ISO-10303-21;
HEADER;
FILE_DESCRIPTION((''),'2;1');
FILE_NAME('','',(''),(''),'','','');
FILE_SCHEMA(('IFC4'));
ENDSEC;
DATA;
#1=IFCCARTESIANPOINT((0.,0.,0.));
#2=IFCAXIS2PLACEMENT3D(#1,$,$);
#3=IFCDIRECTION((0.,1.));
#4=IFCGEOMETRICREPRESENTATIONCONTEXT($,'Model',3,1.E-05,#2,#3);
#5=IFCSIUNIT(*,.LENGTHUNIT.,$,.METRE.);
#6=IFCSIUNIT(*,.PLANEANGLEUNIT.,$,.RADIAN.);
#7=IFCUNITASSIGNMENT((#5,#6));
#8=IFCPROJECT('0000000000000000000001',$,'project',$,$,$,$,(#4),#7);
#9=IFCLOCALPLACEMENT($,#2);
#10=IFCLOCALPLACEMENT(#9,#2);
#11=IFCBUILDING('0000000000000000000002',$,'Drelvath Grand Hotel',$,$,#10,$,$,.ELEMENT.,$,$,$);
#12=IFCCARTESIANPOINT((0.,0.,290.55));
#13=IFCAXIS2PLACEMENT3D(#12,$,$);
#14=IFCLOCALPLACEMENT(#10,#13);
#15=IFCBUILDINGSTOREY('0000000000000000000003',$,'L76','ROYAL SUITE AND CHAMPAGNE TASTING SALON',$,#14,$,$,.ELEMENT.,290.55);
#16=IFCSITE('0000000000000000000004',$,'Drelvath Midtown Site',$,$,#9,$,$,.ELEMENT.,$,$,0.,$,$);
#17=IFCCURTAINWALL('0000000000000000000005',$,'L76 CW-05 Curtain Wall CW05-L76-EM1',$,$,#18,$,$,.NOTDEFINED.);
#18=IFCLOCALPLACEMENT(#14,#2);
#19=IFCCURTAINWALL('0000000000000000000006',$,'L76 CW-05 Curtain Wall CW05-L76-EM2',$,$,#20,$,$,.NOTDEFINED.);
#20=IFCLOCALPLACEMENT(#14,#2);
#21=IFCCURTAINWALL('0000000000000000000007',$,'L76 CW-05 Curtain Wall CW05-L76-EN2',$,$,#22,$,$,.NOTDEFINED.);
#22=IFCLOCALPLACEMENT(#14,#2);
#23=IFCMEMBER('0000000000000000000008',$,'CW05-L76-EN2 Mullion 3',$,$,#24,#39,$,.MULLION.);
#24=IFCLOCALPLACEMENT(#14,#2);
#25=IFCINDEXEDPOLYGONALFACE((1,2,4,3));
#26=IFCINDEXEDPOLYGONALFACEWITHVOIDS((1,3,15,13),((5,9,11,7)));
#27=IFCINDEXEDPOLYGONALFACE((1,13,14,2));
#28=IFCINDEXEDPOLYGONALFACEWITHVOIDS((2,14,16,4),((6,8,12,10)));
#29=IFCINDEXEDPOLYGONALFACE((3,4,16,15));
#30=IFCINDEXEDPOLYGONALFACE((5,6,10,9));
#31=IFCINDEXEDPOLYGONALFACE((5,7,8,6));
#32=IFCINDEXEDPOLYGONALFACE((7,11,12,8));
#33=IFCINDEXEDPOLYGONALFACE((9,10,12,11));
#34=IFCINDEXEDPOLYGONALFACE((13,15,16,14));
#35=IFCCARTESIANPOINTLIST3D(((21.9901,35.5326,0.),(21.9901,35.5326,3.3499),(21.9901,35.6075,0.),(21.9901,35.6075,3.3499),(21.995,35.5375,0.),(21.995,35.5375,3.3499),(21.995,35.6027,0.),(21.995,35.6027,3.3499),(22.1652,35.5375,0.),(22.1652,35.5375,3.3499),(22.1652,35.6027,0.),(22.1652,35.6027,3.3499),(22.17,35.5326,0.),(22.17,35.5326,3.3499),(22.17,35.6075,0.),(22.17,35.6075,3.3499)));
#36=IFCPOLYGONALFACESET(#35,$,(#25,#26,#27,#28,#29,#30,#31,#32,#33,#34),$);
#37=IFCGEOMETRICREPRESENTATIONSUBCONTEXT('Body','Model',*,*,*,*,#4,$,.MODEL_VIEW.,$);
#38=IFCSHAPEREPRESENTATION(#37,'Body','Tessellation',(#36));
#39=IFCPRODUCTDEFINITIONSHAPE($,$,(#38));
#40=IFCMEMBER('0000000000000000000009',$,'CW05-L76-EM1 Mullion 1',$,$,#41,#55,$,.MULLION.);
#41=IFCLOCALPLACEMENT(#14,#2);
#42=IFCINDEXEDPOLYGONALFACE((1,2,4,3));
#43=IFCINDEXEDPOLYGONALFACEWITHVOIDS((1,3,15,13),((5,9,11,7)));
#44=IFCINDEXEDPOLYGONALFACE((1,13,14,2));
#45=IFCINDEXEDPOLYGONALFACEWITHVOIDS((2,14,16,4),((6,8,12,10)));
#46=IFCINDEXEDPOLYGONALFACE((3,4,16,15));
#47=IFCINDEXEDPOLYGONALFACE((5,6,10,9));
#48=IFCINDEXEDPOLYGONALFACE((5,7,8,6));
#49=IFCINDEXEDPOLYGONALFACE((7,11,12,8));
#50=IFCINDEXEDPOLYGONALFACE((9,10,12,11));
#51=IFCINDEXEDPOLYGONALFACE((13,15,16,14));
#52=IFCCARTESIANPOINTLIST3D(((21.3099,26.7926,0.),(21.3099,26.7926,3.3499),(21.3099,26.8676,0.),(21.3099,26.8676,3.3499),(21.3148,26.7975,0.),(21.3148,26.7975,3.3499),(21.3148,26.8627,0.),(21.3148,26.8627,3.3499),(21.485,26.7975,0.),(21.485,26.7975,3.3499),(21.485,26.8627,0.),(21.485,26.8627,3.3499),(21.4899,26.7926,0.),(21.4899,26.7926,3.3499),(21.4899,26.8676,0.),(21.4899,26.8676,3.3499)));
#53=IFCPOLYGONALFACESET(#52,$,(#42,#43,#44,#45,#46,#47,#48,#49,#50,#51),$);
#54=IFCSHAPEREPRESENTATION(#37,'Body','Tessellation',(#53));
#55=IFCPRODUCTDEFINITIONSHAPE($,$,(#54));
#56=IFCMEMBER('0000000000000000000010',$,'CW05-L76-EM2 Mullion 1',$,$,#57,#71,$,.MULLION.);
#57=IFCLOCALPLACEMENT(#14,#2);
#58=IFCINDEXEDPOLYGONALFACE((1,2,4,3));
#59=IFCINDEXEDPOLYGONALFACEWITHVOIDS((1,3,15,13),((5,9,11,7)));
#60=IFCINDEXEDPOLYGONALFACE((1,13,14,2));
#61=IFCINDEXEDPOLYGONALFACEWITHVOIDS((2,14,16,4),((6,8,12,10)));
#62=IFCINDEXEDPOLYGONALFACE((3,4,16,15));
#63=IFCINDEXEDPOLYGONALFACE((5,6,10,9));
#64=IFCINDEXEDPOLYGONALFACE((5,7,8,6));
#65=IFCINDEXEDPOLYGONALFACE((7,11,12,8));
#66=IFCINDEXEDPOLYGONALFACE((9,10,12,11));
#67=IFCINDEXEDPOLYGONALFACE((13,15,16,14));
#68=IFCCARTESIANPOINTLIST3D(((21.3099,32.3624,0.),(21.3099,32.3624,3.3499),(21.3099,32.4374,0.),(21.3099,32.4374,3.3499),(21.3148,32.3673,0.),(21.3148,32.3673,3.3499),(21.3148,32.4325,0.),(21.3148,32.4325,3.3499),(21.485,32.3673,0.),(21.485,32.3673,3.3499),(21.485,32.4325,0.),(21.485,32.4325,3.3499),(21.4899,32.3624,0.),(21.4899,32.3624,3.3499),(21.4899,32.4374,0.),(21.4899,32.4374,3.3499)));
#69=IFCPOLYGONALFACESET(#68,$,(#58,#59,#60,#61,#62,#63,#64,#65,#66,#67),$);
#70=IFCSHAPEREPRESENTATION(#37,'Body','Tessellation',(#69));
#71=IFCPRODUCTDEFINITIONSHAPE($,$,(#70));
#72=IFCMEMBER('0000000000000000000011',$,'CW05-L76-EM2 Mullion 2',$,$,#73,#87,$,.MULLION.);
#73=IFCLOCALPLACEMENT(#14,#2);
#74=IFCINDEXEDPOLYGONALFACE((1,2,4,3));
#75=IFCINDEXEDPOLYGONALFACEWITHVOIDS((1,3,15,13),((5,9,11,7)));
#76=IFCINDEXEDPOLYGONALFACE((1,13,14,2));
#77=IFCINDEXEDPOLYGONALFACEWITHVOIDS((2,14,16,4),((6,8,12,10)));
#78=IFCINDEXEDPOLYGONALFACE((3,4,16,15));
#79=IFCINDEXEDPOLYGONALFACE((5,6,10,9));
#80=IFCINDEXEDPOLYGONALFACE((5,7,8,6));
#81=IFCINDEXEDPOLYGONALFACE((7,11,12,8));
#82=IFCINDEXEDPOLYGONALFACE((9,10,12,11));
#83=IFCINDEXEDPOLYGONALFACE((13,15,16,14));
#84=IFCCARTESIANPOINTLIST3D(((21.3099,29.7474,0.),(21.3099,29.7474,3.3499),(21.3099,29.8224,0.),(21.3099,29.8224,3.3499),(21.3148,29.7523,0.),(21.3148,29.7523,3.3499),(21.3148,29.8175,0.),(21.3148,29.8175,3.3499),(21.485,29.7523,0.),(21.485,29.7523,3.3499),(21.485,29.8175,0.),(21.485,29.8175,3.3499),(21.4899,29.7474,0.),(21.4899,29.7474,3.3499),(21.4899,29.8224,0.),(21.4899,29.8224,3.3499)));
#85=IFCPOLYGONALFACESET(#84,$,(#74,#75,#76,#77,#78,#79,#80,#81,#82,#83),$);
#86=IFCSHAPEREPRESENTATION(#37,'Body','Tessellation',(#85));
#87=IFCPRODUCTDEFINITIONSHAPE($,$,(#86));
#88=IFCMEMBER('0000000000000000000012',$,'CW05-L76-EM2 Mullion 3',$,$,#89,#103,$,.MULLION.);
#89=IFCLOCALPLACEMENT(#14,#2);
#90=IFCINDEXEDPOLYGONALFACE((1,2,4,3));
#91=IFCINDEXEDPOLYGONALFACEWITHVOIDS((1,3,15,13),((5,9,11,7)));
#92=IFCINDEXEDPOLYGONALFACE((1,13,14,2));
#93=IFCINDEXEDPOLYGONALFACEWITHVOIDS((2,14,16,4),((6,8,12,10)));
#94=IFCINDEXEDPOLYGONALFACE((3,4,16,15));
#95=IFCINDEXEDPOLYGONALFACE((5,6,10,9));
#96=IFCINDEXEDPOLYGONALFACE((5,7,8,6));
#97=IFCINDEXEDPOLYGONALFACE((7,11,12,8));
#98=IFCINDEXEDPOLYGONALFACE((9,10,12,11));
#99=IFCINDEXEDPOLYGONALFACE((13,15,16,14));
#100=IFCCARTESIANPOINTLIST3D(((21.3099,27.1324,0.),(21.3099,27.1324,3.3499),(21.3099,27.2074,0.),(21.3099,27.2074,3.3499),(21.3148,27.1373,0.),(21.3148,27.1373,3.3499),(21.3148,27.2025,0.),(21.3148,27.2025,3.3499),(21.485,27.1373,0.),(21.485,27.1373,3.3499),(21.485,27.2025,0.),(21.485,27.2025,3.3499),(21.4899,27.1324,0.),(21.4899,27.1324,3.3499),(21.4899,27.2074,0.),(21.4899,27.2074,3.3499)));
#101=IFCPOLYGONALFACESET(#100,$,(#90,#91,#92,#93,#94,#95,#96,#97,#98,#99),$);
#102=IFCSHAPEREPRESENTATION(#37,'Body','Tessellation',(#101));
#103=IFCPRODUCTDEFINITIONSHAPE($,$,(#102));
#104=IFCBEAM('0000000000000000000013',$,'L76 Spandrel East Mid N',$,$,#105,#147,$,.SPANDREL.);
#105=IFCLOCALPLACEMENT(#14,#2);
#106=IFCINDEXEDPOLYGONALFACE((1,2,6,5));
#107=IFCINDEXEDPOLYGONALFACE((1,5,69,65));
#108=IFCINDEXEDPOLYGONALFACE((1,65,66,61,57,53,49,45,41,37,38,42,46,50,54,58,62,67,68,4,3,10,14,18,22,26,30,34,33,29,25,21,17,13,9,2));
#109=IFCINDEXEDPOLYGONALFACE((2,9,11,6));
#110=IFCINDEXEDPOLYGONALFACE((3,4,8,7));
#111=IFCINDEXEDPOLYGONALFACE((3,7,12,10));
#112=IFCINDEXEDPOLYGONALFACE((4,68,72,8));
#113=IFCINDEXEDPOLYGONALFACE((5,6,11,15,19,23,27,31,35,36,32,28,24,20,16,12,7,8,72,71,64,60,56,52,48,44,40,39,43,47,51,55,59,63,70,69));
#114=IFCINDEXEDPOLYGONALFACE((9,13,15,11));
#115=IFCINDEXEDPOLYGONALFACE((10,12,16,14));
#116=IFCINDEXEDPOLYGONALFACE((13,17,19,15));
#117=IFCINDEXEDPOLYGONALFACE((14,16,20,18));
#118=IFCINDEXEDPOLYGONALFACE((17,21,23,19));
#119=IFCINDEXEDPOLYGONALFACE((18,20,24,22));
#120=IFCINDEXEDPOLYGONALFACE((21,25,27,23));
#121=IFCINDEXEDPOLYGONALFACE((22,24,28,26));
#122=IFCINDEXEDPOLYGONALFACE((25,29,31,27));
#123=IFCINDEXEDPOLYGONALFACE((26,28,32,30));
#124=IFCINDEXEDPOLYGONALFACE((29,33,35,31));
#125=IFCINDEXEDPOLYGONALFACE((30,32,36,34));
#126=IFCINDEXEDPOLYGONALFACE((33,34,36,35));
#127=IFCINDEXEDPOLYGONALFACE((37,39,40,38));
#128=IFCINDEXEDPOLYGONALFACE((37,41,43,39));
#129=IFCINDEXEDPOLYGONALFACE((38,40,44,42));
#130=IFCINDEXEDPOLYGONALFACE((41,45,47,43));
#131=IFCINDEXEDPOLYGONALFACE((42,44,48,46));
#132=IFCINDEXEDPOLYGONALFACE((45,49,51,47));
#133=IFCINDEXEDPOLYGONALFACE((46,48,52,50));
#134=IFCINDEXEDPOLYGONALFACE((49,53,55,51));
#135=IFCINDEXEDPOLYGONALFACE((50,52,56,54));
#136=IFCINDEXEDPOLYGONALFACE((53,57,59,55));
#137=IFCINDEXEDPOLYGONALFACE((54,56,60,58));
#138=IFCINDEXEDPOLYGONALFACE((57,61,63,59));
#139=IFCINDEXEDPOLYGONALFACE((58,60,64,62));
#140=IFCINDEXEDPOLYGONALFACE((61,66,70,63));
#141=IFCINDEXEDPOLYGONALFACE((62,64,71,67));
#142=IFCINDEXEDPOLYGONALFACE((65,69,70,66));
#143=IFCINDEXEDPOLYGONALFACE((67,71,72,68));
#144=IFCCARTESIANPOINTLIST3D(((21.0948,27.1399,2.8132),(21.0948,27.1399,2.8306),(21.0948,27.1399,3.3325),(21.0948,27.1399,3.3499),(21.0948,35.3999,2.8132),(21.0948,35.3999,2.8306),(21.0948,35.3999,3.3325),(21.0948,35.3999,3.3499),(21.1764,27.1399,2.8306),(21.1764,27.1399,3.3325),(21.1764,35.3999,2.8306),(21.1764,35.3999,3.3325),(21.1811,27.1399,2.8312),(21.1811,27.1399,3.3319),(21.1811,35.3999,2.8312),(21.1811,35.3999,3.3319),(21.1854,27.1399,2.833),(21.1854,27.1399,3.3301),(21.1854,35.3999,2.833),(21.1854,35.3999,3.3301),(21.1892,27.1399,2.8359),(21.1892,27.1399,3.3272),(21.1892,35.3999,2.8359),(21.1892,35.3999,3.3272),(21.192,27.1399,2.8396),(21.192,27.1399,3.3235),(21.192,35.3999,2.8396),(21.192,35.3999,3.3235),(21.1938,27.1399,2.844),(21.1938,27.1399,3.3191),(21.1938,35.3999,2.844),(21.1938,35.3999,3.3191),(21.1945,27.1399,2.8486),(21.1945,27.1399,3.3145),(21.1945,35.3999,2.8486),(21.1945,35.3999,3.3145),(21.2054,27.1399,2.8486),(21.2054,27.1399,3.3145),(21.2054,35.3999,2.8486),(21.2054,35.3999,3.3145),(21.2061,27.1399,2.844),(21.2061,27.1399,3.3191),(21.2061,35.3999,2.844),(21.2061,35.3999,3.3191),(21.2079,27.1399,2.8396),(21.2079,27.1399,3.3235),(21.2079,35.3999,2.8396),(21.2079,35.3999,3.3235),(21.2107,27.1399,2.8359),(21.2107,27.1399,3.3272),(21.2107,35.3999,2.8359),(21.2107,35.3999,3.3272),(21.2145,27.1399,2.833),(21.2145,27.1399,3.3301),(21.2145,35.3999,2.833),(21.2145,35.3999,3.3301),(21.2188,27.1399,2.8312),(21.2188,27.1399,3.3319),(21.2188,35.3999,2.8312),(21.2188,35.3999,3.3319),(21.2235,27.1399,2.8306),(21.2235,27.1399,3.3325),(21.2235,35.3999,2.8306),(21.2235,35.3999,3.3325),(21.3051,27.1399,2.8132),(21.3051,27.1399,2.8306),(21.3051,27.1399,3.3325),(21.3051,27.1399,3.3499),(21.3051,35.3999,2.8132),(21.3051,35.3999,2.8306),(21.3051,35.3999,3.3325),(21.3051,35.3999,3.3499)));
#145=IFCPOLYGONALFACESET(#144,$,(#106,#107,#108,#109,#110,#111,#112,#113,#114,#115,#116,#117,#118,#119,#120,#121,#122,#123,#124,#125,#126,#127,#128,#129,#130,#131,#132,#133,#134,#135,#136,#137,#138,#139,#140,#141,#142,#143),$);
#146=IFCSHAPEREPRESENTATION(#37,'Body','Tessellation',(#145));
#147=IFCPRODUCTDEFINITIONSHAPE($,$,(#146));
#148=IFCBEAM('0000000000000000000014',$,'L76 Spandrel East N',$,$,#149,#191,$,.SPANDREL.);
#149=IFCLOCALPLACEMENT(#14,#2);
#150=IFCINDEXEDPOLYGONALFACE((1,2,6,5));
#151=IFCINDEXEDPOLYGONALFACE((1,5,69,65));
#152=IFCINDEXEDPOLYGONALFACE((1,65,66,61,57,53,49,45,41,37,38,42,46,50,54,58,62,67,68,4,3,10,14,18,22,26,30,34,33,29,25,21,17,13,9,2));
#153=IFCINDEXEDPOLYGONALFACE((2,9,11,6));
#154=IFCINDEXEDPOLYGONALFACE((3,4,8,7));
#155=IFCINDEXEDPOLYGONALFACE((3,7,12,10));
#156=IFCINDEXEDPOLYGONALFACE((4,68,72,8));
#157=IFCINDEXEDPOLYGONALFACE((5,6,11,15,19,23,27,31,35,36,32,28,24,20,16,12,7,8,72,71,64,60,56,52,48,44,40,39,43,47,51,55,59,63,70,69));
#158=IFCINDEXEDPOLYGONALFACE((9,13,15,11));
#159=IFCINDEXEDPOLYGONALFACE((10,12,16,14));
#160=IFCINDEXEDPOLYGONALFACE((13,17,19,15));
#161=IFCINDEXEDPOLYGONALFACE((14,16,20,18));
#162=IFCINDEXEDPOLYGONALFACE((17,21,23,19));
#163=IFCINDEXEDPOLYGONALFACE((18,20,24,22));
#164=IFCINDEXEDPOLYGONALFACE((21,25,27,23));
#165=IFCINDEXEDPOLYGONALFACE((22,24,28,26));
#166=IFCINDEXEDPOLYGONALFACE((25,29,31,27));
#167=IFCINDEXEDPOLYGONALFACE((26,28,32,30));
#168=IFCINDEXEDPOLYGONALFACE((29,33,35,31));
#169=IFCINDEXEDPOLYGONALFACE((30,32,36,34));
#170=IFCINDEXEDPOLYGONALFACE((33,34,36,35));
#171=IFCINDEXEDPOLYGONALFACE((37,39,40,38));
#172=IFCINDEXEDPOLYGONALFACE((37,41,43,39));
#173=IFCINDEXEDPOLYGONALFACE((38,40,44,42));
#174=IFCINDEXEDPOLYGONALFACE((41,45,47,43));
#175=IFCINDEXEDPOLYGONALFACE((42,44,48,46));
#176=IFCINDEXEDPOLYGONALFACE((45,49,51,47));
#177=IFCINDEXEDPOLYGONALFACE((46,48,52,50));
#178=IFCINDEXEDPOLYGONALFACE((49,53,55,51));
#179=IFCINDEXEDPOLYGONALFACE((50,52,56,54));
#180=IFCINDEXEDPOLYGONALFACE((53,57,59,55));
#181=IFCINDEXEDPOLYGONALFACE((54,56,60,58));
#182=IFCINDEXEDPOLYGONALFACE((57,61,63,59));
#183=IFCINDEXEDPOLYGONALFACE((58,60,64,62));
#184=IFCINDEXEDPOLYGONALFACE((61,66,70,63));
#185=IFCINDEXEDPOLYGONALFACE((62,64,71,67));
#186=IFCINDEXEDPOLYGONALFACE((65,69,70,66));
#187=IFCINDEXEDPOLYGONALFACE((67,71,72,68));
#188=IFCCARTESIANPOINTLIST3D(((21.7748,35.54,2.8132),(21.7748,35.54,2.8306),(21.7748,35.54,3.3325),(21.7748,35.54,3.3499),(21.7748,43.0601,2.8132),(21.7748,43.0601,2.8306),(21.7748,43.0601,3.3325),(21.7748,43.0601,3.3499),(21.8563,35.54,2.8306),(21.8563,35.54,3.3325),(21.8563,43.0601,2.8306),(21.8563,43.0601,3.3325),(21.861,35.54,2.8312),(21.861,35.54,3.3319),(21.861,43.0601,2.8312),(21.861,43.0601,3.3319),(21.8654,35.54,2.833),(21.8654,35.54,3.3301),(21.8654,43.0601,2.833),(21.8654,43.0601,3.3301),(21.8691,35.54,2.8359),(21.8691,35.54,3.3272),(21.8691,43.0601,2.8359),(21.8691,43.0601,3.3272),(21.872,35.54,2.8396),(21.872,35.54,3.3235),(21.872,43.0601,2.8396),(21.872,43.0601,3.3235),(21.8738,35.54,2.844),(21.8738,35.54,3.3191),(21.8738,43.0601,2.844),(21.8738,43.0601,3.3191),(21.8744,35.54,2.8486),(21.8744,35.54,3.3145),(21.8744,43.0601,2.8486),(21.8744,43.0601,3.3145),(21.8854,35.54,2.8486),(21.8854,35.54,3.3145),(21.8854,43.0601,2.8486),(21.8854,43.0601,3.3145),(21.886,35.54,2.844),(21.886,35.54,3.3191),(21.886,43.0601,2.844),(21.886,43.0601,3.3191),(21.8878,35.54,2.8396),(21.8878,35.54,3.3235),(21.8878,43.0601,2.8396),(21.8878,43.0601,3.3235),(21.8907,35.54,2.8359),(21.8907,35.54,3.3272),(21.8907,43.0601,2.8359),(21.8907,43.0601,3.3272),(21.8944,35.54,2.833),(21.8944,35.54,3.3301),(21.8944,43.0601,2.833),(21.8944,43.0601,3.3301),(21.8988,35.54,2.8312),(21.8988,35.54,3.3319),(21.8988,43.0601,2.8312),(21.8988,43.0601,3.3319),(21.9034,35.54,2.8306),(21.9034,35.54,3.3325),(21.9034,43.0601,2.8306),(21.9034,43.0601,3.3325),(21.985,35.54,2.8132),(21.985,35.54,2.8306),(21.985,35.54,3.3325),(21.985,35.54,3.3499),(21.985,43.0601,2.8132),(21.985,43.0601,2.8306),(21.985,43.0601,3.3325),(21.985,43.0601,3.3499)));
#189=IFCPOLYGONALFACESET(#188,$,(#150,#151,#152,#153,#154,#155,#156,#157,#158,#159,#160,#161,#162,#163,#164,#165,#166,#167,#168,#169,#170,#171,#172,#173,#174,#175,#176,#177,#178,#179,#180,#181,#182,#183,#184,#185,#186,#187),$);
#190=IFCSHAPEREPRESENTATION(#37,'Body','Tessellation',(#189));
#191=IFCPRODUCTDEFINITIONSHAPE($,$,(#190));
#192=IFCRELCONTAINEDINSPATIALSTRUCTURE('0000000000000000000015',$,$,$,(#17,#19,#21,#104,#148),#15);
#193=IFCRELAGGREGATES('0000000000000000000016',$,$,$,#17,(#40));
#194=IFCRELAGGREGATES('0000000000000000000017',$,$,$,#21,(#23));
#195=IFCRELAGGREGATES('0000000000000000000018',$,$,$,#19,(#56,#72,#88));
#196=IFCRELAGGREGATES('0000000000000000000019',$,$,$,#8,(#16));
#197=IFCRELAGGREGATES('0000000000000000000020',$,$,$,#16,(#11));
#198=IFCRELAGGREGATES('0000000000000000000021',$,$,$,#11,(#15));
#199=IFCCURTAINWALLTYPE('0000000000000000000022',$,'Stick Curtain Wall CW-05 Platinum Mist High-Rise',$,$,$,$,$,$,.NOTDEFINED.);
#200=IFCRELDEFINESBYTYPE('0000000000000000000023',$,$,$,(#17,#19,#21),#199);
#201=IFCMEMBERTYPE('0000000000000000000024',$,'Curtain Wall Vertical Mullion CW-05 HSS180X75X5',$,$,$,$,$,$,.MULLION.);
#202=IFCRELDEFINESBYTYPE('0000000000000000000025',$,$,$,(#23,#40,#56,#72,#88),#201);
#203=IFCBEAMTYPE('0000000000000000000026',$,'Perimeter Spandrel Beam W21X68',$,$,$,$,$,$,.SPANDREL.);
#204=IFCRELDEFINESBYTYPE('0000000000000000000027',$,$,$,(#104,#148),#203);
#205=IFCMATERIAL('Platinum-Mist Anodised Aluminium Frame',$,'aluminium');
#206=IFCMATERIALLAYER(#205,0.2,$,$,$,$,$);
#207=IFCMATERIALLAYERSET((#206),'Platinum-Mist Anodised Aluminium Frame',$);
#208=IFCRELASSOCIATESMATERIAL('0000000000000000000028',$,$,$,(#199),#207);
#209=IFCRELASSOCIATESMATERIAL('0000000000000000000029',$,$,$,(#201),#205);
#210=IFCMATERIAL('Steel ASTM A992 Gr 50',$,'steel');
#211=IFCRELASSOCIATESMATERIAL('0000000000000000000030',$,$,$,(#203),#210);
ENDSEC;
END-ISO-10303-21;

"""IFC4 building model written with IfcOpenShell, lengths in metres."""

from ifc_helpers import new_model, si_unit, direction, frame, origin, origin_2d, place, context, subcontext, project, spatial, hollow_rectangle, i_section, extrude, material, layer, layer_set, material_profile, profile_set, type_object, element, aggregate, save


model = new_model("IFC4")

# Units and contexts
model_context = context("Model", 3, precision=1e-05, world=origin(), true_north=direction((0.0, 1.0)))
body_context = subcontext(model_context, "Body", "Model", "MODEL_VIEW")
ifc_project = project(units=[si_unit("LENGTHUNIT", "METRE"), si_unit("PLANEANGLEUNIT", "RADIAN")], contexts=[model_context])

# Site, building, storey
site_placement = place(None, origin())
site = spatial("IfcSite", under=ifc_project, at=site_placement, Name="Drelvath Midtown Site", CompositionType="ELEMENT", RefElevation=0.0)
building_placement = place(site_placement, origin())
building = spatial("IfcBuilding", under=site, at=building_placement, Name="Drelvath Grand Hotel", CompositionType="ELEMENT")
storey_placement = place(building_placement, frame((0.0, 0.0, 290.55)))
storey = spatial("IfcBuildingStorey", under=building, at=storey_placement, Name="L76", Description="ROYAL SUITE AND CHAMPAGNE TASTING SALON", CompositionType="ELEMENT", Elevation=290.55)

# Curtain walls
ifc_material_1 = material(Name="Platinum-Mist Anodised Aluminium Frame", Category="aluminium")
ifc_layer_1 = layer(ifc_material_1, 0.2)
ifc_layer_set_1 = layer_set([ifc_layer_1], Name="Platinum-Mist Anodised Aluminium Frame")
curtain_wall_type = type_object("IfcCurtainWallType", Name="Stick Curtain Wall CW-05 Platinum Mist High-Rise", PredefinedType="NOTDEFINED", material=ifc_layer_set_1)
curtain_wall_1_placement = place(storey_placement, origin())
curtain_wall_1 = element("IfcCurtainWall", 1, at=curtain_wall_1_placement, inside=storey, type_object=curtain_wall_type, Name="L76 CW-05 Curtain Wall CW05-L76-EM1", PredefinedType="NOTDEFINED")
curtain_wall_2_placement = place(storey_placement, origin())
curtain_wall_2 = element("IfcCurtainWall", 2, at=curtain_wall_2_placement, inside=storey, type_object=curtain_wall_type, Name="L76 CW-05 Curtain Wall CW05-L76-EM2", PredefinedType="NOTDEFINED")

# Shared definitions
ifc_material_profile_1 = material_profile(ifc_material_1, hollow_rectangle(XDim=0.075, YDim=0.1799, WallThickness=0.0049, at=origin_2d()), Name="HSS180X75X5")
ifc_profile_set_1 = profile_set([ifc_material_profile_1], Name="Platinum-Mist Anodised Aluminium Frame")
member_type_1 = type_object("IfcMemberType", Name="Curtain Wall Vertical Mullion CW-05 HSS180X75X5", PredefinedType="MULLION", material=ifc_profile_set_1)

# Curtain wall, member
curtain_wall_3_placement = place(storey_placement, origin())
curtain_wall_3 = element("IfcCurtainWall", 3, at=curtain_wall_3_placement, inside=storey, type_object=curtain_wall_type, Name="L76 CW-05 Curtain Wall CW05-L76-EN2", PredefinedType="NOTDEFINED")
member_1_placement = place(storey_placement, frame((22.0801, 35.5701, 0.0), z_axis=(0.0, 0.0, 1.0), x_axis=(0.0, 1.0, 0.0)))
member_1 = element("IfcMember", 4, at=member_1_placement, type_object=member_type_1, Name="CW05-L76-EN2 Mullion 3", PredefinedType="MULLION", context=body_context, shape_type="SweptSolid", body=[
    extrude(hollow_rectangle(XDim=0.075, YDim=0.1799, WallThickness=0.0049, at=origin_2d()), origin(), (0.0, 0.0, 1.0), 3.3499),
])

# Members
member_2_placement = place(storey_placement, frame((21.3999, 26.8301, 0.0), z_axis=(0.0, 0.0, 1.0), x_axis=(0.0, 1.0, 0.0)))
member_2 = element("IfcMember", 5, at=member_2_placement, type_object=member_type_1, Name="CW05-L76-EM1 Mullion 1", PredefinedType="MULLION", context=body_context, shape_type="SweptSolid", body=[
    extrude(hollow_rectangle(XDim=0.075, YDim=0.1799, WallThickness=0.0049, at=origin_2d()), origin(), (0.0, 0.0, 1.0), 3.3499),
])
aggregate(curtain_wall_1, [member_2])
member_3_placement = place(storey_placement, frame((21.3999, 32.3999, 0.0), z_axis=(0.0, 0.0, 1.0), x_axis=(0.0, 1.0, 0.0)))
member_3 = element("IfcMember", 6, at=member_3_placement, type_object=member_type_1, Name="CW05-L76-EM2 Mullion 1", PredefinedType="MULLION", context=body_context, shape_type="SweptSolid", body=[
    extrude(hollow_rectangle(XDim=0.075, YDim=0.1799, WallThickness=0.0049, at=origin_2d()), origin(), (0.0, 0.0, 1.0), 3.3499),
])
member_4_placement = place(storey_placement, frame((21.3999, 29.7849, 0.0), z_axis=(0.0, 0.0, 1.0), x_axis=(0.0, 1.0, 0.0)))
member_4 = element("IfcMember", 7, at=member_4_placement, type_object=member_type_1, Name="CW05-L76-EM2 Mullion 2", PredefinedType="MULLION", context=body_context, shape_type="SweptSolid", body=[
    extrude(hollow_rectangle(XDim=0.075, YDim=0.1799, WallThickness=0.0049, at=origin_2d()), origin(), (0.0, 0.0, 1.0), 3.3499),
])
member_5_placement = place(storey_placement, frame((21.3999, 27.1699, 0.0), z_axis=(0.0, 0.0, 1.0), x_axis=(0.0, 1.0, 0.0)))
member_5 = element("IfcMember", 8, at=member_5_placement, type_object=member_type_1, Name="CW05-L76-EM2 Mullion 3", PredefinedType="MULLION", context=body_context, shape_type="SweptSolid", body=[
    extrude(hollow_rectangle(XDim=0.075, YDim=0.1799, WallThickness=0.0049, at=origin_2d()), origin(), (0.0, 0.0, 1.0), 3.3499),
])

# Beams
ifc_material_2 = material(Name="Steel ASTM A992 Gr 50", Category="steel")
ifc_material_profile_2 = material_profile(ifc_material_2, i_section(OverallWidth=0.2102, OverallDepth=0.5366, WebThickness=0.011, FlangeThickness=0.0173, FilletRadius=0.0181, at=origin_2d()), Name="W21X68")
ifc_profile_set_2 = profile_set([ifc_material_profile_2], Name="Steel ASTM A992 Gr 50")
beam_type_1 = type_object("IfcBeamType", Name="Perimeter Spandrel Beam W21X68", PredefinedType="SPANDREL", material=ifc_profile_set_2)
beam_1_placement = place(storey_placement, frame((21.2, 27.1399, 3.0815), z_axis=(0.0, 1.0, 0.0), x_axis=(-1.0, 0.0, 0.0)))
element("IfcBeam", 9, at=beam_1_placement, inside=storey, type_object=beam_type_1, Name="L76 Spandrel East Mid N", PredefinedType="SPANDREL", context=body_context, shape_type="SweptSolid", body=[
    extrude(i_section(OverallWidth=0.2102, OverallDepth=0.5366, WebThickness=0.011, FlangeThickness=0.0173, FilletRadius=0.0181, at=origin_2d()), origin(), (0.0, 0.0, 1.0), 8.26),
])
beam_2_placement = place(storey_placement, frame((21.8799, 35.54, 3.0815), z_axis=(0.0, 1.0, 0.0), x_axis=(-1.0, 0.0, 0.0)))
element("IfcBeam", 10, at=beam_2_placement, inside=storey, type_object=beam_type_1, Name="L76 Spandrel East N", PredefinedType="SPANDREL", context=body_context, shape_type="SweptSolid", body=[
    extrude(i_section(OverallWidth=0.2102, OverallDepth=0.5366, WebThickness=0.011, FlangeThickness=0.0173, FilletRadius=0.0181, at=origin_2d()), origin(), (0.0, 0.0, 1.0), 7.52),
])

aggregate(curtain_wall_3, [member_1])
aggregate(curtain_wall_2, [member_3, member_4, member_5])

save(model, "model.ifc")
